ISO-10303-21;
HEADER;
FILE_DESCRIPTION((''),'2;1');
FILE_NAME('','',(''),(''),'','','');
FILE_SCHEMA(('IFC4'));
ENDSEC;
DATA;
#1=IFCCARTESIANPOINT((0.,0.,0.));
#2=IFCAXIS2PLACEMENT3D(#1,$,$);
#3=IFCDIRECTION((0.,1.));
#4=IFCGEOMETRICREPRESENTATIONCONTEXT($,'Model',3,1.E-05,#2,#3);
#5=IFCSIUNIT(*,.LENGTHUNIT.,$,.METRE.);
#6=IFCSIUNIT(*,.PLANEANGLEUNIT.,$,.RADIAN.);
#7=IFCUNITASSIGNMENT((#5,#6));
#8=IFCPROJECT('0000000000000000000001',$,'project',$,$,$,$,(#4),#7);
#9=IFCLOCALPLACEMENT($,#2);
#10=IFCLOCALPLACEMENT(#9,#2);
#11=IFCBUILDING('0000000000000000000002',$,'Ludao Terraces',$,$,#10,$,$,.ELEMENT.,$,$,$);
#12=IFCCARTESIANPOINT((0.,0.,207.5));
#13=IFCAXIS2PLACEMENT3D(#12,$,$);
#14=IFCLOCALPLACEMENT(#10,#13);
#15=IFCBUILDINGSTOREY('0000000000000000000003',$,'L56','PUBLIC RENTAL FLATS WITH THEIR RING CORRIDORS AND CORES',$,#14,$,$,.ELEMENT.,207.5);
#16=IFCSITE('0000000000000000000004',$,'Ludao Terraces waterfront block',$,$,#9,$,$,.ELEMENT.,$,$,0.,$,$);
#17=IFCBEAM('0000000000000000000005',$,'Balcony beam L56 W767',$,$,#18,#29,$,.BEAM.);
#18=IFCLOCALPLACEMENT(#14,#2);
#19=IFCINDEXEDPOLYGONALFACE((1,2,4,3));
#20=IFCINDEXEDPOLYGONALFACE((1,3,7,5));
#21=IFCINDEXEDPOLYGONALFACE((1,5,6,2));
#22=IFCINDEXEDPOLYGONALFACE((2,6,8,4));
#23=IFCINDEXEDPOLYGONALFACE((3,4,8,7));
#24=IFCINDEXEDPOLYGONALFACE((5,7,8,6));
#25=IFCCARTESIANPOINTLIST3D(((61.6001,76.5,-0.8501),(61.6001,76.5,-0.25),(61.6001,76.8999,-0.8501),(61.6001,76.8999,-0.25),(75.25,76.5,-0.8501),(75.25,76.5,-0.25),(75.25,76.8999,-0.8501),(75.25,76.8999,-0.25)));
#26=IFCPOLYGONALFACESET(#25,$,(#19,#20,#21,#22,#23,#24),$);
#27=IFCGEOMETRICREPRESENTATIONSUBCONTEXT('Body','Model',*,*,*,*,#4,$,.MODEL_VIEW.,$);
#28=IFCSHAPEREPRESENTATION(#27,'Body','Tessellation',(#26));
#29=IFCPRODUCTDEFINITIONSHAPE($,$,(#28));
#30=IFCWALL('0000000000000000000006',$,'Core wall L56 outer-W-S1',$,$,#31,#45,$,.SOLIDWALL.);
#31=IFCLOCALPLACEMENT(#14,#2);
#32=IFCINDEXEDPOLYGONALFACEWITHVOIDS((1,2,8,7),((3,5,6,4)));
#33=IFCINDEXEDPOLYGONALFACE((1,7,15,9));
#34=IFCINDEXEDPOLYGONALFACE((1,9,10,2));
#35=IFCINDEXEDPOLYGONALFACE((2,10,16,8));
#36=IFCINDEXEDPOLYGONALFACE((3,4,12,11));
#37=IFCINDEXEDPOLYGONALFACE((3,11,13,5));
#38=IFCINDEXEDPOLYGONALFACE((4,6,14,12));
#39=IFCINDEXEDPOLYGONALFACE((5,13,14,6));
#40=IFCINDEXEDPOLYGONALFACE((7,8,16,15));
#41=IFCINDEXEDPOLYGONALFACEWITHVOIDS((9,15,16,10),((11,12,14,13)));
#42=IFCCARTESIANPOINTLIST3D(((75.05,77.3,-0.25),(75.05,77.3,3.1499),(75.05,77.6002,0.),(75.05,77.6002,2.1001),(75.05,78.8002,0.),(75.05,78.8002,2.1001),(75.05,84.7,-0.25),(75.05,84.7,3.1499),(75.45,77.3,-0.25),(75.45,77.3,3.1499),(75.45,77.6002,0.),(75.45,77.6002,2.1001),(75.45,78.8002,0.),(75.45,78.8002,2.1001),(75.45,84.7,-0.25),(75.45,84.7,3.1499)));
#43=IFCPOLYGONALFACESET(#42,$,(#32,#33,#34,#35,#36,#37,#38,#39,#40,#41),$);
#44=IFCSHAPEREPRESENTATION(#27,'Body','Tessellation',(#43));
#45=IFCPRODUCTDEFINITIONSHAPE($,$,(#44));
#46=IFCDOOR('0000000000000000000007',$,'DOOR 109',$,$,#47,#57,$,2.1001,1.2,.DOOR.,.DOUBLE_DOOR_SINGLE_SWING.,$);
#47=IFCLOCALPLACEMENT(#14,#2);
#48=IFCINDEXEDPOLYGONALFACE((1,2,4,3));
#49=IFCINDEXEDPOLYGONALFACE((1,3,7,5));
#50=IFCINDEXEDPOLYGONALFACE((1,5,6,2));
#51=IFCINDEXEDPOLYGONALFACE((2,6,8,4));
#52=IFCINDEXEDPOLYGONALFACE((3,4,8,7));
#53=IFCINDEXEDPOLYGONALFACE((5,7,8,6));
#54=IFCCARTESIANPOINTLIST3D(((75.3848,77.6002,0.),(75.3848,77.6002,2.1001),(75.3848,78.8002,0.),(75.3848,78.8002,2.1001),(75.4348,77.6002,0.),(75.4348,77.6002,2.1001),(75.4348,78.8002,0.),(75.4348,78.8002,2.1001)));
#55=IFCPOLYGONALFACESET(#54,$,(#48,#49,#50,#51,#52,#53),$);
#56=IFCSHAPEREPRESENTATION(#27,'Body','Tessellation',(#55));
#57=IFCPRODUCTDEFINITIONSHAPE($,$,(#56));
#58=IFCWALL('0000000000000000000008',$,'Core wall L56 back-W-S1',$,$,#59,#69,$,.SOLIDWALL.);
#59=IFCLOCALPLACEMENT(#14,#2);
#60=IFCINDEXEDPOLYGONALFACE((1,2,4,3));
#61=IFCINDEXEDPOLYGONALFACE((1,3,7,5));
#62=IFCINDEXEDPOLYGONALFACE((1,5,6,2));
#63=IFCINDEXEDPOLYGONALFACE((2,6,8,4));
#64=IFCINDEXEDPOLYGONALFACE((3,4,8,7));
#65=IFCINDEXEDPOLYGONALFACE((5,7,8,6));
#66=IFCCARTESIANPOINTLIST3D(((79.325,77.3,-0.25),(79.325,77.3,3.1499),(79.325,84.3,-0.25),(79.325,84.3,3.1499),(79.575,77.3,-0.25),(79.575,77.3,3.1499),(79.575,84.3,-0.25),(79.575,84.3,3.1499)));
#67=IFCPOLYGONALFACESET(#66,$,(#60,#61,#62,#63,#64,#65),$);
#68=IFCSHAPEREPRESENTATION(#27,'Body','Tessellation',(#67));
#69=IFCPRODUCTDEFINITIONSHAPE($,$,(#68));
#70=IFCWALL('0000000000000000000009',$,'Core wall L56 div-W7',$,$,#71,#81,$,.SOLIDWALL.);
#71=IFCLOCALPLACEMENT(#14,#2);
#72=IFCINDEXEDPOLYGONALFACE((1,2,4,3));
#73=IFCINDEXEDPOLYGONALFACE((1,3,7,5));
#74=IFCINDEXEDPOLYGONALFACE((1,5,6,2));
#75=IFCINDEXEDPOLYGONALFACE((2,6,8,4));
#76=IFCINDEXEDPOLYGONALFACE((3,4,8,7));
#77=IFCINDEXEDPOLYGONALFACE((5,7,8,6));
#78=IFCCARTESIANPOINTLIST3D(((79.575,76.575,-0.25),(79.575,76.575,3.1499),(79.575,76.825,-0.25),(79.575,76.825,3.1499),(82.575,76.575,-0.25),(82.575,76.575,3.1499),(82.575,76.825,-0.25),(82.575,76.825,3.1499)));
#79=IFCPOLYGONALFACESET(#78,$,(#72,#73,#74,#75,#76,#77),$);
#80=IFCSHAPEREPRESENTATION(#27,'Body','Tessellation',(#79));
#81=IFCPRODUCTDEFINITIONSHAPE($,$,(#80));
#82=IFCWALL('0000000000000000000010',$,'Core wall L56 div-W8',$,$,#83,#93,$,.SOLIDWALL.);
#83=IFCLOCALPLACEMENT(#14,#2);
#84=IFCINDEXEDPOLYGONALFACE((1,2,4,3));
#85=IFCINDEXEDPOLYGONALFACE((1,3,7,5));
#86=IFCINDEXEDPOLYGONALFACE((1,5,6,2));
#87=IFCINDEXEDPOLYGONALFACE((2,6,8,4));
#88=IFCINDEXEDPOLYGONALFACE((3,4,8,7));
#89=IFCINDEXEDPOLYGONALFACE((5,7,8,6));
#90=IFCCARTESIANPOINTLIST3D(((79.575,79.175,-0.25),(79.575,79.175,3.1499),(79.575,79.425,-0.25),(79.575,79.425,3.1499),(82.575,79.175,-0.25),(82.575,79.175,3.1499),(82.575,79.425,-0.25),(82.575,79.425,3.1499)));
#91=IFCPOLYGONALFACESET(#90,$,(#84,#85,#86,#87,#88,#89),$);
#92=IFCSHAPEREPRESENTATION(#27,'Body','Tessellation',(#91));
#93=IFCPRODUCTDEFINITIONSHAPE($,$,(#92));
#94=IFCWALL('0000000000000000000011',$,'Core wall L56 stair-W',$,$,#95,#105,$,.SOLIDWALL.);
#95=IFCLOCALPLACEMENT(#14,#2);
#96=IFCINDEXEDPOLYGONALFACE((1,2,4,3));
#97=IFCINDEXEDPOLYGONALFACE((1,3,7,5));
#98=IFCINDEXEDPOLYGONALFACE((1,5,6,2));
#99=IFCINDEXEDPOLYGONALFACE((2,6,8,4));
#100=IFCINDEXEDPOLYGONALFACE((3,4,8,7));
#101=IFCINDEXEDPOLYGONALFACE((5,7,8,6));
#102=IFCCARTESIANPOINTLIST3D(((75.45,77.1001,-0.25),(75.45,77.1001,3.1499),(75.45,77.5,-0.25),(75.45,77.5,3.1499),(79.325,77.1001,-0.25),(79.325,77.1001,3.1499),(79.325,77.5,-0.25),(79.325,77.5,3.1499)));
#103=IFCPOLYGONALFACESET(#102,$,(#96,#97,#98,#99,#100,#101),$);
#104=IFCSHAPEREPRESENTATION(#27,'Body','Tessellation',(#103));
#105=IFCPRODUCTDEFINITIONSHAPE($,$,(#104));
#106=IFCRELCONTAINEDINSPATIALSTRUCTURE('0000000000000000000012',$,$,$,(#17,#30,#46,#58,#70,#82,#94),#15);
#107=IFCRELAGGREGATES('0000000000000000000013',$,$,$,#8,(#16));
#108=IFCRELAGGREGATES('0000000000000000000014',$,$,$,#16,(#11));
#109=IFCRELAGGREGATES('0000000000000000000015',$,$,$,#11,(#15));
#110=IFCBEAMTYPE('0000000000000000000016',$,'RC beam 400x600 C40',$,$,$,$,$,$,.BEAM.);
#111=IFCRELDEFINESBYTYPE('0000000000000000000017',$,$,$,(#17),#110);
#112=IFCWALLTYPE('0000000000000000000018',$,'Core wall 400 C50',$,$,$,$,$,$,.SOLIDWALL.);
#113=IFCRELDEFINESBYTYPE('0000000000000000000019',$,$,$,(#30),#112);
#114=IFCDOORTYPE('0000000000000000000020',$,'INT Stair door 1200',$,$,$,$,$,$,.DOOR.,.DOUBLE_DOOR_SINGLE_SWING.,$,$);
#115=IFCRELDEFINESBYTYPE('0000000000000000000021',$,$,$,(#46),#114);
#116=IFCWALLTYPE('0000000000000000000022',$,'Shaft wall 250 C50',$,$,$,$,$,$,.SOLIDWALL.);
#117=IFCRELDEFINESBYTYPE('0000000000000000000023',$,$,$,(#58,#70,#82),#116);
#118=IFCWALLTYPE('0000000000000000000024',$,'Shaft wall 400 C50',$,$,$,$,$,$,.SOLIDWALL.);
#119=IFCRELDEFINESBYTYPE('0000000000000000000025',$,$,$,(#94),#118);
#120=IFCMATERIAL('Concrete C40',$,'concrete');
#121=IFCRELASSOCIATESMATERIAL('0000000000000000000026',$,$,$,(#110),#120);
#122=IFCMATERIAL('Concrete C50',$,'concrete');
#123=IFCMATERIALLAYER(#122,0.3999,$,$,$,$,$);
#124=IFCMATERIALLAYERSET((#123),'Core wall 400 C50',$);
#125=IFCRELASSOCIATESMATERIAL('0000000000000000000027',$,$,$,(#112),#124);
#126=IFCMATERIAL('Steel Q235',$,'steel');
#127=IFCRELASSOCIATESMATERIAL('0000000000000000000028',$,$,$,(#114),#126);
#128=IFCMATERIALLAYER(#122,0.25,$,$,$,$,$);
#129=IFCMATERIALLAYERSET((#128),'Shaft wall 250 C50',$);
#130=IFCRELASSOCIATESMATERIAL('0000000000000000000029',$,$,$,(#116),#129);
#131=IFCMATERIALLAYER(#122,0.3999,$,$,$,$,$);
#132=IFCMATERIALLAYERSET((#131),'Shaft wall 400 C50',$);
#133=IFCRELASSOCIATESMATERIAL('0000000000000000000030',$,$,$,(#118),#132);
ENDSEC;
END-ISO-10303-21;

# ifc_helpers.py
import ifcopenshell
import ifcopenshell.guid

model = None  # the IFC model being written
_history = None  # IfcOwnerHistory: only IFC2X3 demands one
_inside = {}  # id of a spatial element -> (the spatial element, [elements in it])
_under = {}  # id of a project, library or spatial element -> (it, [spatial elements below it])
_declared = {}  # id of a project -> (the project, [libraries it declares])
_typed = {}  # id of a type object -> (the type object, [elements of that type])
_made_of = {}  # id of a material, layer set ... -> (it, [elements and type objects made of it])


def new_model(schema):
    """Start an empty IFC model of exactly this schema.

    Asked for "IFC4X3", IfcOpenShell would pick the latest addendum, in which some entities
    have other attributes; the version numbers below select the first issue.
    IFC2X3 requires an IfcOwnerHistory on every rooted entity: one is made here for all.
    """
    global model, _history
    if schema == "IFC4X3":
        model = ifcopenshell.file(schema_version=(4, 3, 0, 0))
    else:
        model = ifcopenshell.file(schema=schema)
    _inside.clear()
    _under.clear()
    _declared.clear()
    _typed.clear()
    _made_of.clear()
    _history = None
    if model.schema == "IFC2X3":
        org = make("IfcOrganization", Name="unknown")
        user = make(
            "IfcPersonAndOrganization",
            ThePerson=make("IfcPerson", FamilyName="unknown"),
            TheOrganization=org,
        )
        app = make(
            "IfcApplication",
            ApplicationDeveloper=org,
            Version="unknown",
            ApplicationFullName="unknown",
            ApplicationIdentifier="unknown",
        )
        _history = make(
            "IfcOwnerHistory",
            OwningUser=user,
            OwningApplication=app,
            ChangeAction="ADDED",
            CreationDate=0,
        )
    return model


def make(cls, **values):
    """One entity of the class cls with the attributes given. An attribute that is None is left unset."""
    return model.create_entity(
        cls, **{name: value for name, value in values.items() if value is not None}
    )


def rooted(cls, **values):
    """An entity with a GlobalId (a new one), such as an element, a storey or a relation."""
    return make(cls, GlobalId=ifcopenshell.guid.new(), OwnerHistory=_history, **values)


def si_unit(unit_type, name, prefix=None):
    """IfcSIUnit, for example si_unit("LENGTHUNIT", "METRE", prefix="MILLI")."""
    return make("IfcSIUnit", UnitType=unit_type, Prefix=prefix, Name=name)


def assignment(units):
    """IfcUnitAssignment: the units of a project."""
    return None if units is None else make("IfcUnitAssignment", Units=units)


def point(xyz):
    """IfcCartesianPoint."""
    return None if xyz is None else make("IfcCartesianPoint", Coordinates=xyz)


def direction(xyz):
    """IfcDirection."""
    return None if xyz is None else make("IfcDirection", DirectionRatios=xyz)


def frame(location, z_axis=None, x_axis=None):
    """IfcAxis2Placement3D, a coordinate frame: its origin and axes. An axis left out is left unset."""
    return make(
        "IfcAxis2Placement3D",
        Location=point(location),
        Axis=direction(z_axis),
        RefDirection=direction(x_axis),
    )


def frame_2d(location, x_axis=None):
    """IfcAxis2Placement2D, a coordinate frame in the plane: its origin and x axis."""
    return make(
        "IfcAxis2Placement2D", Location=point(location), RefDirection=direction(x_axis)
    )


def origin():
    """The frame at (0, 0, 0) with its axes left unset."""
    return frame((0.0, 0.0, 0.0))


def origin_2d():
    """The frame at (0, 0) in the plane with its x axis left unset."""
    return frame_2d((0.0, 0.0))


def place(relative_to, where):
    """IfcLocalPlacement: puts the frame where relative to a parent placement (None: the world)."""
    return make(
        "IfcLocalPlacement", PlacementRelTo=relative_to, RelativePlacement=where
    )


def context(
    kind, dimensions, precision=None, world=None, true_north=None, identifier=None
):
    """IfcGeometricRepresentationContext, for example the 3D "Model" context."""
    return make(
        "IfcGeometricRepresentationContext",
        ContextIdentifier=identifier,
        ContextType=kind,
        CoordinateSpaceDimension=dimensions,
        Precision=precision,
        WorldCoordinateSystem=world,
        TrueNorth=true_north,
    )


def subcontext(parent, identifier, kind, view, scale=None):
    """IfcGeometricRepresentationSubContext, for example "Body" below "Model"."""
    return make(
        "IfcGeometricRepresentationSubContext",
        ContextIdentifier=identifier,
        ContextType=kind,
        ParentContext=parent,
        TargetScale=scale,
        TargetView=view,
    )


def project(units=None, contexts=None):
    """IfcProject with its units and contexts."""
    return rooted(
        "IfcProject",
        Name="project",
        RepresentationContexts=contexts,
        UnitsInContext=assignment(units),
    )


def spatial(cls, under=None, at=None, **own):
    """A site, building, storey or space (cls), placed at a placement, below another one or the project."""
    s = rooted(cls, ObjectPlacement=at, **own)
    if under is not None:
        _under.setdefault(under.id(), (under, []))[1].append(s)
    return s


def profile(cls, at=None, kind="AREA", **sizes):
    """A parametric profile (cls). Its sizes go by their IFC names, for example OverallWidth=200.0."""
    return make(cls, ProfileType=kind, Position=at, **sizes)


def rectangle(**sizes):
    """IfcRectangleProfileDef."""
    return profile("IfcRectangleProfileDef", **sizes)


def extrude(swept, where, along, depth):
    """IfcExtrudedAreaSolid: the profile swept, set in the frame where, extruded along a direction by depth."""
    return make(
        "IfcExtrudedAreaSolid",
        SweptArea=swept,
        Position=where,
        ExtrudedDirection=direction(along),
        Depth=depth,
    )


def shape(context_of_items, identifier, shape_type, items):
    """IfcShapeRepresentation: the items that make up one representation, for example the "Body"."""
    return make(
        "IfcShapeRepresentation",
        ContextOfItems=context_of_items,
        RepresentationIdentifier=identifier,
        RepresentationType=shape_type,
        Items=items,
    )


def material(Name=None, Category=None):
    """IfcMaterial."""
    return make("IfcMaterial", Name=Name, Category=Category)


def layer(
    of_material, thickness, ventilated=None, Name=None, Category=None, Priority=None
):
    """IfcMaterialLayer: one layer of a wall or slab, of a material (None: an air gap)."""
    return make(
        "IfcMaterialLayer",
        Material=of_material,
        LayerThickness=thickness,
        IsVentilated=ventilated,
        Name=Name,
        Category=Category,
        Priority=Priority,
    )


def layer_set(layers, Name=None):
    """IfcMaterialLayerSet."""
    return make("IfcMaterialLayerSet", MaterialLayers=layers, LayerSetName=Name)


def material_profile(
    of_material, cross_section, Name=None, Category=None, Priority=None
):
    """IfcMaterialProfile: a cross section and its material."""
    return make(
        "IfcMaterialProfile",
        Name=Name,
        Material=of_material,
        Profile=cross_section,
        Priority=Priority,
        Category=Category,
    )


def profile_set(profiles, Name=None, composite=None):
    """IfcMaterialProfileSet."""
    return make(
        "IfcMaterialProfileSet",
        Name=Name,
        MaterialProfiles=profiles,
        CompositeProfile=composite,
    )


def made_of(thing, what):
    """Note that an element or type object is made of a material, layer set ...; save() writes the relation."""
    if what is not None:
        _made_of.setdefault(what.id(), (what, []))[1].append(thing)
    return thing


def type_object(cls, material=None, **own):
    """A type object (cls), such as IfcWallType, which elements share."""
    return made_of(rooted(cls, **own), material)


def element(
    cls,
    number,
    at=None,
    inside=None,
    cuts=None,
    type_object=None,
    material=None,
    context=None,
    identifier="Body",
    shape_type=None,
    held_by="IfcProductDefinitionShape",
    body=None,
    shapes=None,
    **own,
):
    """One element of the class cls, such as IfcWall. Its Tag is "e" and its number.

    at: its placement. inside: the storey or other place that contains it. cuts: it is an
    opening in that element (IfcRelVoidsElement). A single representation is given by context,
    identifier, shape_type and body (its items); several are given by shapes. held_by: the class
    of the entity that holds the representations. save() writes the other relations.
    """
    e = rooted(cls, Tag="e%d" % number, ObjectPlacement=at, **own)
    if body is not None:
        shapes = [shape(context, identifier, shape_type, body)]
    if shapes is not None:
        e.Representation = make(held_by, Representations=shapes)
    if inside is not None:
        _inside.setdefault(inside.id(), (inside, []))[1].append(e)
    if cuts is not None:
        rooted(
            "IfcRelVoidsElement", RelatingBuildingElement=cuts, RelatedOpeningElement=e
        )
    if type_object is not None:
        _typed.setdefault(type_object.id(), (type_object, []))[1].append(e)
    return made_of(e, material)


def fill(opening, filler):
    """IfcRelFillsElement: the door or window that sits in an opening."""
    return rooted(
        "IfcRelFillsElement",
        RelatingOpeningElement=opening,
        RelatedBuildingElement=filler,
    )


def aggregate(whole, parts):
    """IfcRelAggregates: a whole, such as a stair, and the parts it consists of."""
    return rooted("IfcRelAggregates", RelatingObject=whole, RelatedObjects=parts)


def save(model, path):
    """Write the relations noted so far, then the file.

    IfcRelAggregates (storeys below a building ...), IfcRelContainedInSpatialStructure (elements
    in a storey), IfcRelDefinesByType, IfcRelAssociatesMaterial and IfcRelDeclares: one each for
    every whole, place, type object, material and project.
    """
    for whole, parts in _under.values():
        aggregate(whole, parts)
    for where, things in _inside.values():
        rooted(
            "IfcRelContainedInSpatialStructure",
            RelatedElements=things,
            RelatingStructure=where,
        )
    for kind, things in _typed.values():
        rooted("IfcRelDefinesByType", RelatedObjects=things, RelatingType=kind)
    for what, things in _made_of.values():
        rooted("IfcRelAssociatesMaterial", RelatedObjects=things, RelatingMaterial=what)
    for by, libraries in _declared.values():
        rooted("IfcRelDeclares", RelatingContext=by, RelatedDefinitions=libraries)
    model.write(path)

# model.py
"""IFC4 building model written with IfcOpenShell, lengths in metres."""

from ifc_helpers import new_model, si_unit, direction, frame, frame_2d, origin, origin_2d, place, context, subcontext, project, spatial, rectangle, extrude, material, layer, layer_set, material_profile, profile_set, type_object, element, fill, save


model = new_model("IFC4")

# Units and contexts
model_context = context("Model", 3, precision=1e-05, world=origin(), true_north=direction((0.0, 1.0)))
body_context = subcontext(model_context, "Body", "Model", "MODEL_VIEW")
ifc_project = project(units=[si_unit("LENGTHUNIT", "METRE"), si_unit("PLANEANGLEUNIT", "RADIAN")], contexts=[model_context])

# Site, building, storey
site_placement = place(None, origin())
site = spatial("IfcSite", under=ifc_project, at=site_placement, Name="Ludao Terraces waterfront block", CompositionType="ELEMENT", RefElevation=0.0)
building_placement = place(site_placement, origin())
building = spatial("IfcBuilding", under=site, at=building_placement, Name="Ludao Terraces", CompositionType="ELEMENT")
storey_placement = place(building_placement, frame((0.0, 0.0, 207.5)))
storey = spatial("IfcBuildingStorey", under=building, at=storey_placement, Name="L56", Description="PUBLIC RENTAL FLATS WITH THEIR RING CORRIDORS AND CORES", CompositionType="ELEMENT", Elevation=207.5)

# Beam
ifc_material_1 = material(Name="Concrete C40", Category="concrete")
ifc_material_profile = material_profile(ifc_material_1, rectangle(XDim=0.3999, YDim=0.6001, at=origin_2d()), Name="400 X 600")
ifc_profile_set = profile_set([ifc_material_profile], Name="Concrete C40")
beam_type = type_object("IfcBeamType", Name="RC beam 400x600 C40", PredefinedType="BEAM", material=ifc_profile_set)
beam_placement = place(storey_placement, frame((75.25, 76.7, -0.55), z_axis=(-1.0, 0.0, 0.0), x_axis=(0.0, -1.0, 0.0)))
element("IfcBeam", 1, at=beam_placement, inside=storey, type_object=beam_type, Name="Balcony beam L56 W767", PredefinedType="BEAM", context=body_context, shape_type="SweptSolid", body=[
    extrude(rectangle(XDim=0.3999, YDim=0.6001, at=origin_2d()), origin(), (0.0, 0.0, 1.0), 13.6499),
])

# Wall, opening, door
ifc_material_2 = material(Name="Concrete C50", Category="concrete")
ifc_layer_1 = layer(ifc_material_2, 0.3999)
ifc_layer_set_1 = layer_set([ifc_layer_1], Name="Core wall 400 C50")
wall_type_1 = type_object("IfcWallType", Name="Core wall 400 C50", PredefinedType="SOLIDWALL", material=ifc_layer_set_1)
wall_1_placement = place(storey_placement, frame((75.25, 77.3, -0.25), z_axis=(0.0, 0.0, 1.0), x_axis=(0.0, 1.0, 0.0)))
wall_1 = element("IfcWall", 2, at=wall_1_placement, inside=storey, type_object=wall_type_1, Name="Core wall L56 outer-W-S1", PredefinedType="SOLIDWALL", context=body_context, shape_type="SweptSolid", body=[
    extrude(rectangle(XDim=7.3999, YDim=0.3999, at=frame_2d((3.7, 0.0))), origin(), (0.0, 0.0, 1.0), 3.3999),
])
opening_placement = place(wall_1_placement, frame((0.3, 0.0, 0.25)))
opening = element("IfcOpeningElement", 3, at=opening_placement, cuts=wall_1, PredefinedType="OPENING", context=body_context, shape_type="SweptSolid", body=[
    extrude(rectangle(XDim=1.2, YDim=2.1001, at=frame_2d((0.6001, 1.05))), frame((0.0, 0.21, 0.0), z_axis=(0.0, -1.0, 0.0), x_axis=(1.0, 0.0, 0.0)), (0.0, 0.0, 1.0), 0.4199),
])
ifc_material_3 = material(Name="Steel Q235", Category="steel")
door_type = type_object("IfcDoorType", Name="INT Stair door 1200", OperationType="DOUBLE_DOOR_SINGLE_SWING", PredefinedType="DOOR", material=ifc_material_3)
door_placement = place(opening_placement, origin())
door = element("IfcDoor", 4, at=door_placement, inside=storey, type_object=door_type, Name="DOOR 109", OperationType="DOUBLE_DOOR_SINGLE_SWING", OverallHeight=2.1001, OverallWidth=1.2, PredefinedType="DOOR", context=body_context, shape_type="SweptSolid", body=[
    extrude(rectangle(XDim=1.2, YDim=2.1001, at=frame_2d((0.6001, 1.05))), frame((0.0, -0.1348, 0.0), z_axis=(0.0, -1.0, 0.0), x_axis=(1.0, 0.0, 0.0)), (0.0, 0.0, 1.0), 0.05),
])
fill(opening, door)

# Walls
ifc_layer_2 = layer(ifc_material_2, 0.25)
ifc_layer_set_2 = layer_set([ifc_layer_2], Name="Shaft wall 250 C50")
wall_type_2 = type_object("IfcWallType", Name="Shaft wall 250 C50", PredefinedType="SOLIDWALL", material=ifc_layer_set_2)
wall_2_placement = place(storey_placement, frame((79.45, 77.3, -0.25), z_axis=(0.0, 0.0, 1.0), x_axis=(0.0, 1.0, 0.0)))
element("IfcWall", 5, at=wall_2_placement, inside=storey, type_object=wall_type_2, Name="Core wall L56 back-W-S1", PredefinedType="SOLIDWALL", context=body_context, shape_type="SweptSolid", body=[
    extrude(rectangle(XDim=7.0, YDim=0.25, at=frame_2d((3.5, 0.0))), origin(), (0.0, 0.0, 1.0), 3.3999),
])
for number, where, z_axis, x_axis, name in (
    (6, (79.575, 76.7, -0.25), (0.0, 0.0, 1.0), (1.0, 0.0, 0.0), "Core wall L56 div-W7"),
    (7, (79.575, 79.3, -0.25), (0.0, 0.0, 1.0), (1.0, 0.0, 0.0), "Core wall L56 div-W8"),
):
    element("IfcWall", number, at=place(storey_placement, frame(where, z_axis=z_axis, x_axis=x_axis)), inside=storey, type_object=wall_type_2, Name=name, PredefinedType="SOLIDWALL", context=body_context, shape_type="SweptSolid", body=[
        extrude(rectangle(XDim=3.0, YDim=0.25, at=frame_2d((1.5, 0.0))), origin(), (0.0, 0.0, 1.0), 3.3999),
    ])
ifc_layer_3 = layer(ifc_material_2, 0.3999)
ifc_layer_set_3 = layer_set([ifc_layer_3], Name="Shaft wall 400 C50")
wall_type_3 = type_object("IfcWallType", Name="Shaft wall 400 C50", PredefinedType="SOLIDWALL", material=ifc_layer_set_3)
wall_3_placement = place(storey_placement, frame((75.45, 77.3, -0.25), z_axis=(0.0, 0.0, 1.0), x_axis=(1.0, 0.0, 0.0)))
element("IfcWall", 8, at=wall_3_placement, inside=storey, type_object=wall_type_3, Name="Core wall L56 stair-W", PredefinedType="SOLIDWALL", context=body_context, shape_type="SweptSolid", body=[
    extrude(rectangle(XDim=3.875, YDim=0.3999, at=frame_2d((1.9375, 0.0))), origin(), (0.0, 0.0, 1.0), 3.3999),
])

save(model, "model.ifc")
